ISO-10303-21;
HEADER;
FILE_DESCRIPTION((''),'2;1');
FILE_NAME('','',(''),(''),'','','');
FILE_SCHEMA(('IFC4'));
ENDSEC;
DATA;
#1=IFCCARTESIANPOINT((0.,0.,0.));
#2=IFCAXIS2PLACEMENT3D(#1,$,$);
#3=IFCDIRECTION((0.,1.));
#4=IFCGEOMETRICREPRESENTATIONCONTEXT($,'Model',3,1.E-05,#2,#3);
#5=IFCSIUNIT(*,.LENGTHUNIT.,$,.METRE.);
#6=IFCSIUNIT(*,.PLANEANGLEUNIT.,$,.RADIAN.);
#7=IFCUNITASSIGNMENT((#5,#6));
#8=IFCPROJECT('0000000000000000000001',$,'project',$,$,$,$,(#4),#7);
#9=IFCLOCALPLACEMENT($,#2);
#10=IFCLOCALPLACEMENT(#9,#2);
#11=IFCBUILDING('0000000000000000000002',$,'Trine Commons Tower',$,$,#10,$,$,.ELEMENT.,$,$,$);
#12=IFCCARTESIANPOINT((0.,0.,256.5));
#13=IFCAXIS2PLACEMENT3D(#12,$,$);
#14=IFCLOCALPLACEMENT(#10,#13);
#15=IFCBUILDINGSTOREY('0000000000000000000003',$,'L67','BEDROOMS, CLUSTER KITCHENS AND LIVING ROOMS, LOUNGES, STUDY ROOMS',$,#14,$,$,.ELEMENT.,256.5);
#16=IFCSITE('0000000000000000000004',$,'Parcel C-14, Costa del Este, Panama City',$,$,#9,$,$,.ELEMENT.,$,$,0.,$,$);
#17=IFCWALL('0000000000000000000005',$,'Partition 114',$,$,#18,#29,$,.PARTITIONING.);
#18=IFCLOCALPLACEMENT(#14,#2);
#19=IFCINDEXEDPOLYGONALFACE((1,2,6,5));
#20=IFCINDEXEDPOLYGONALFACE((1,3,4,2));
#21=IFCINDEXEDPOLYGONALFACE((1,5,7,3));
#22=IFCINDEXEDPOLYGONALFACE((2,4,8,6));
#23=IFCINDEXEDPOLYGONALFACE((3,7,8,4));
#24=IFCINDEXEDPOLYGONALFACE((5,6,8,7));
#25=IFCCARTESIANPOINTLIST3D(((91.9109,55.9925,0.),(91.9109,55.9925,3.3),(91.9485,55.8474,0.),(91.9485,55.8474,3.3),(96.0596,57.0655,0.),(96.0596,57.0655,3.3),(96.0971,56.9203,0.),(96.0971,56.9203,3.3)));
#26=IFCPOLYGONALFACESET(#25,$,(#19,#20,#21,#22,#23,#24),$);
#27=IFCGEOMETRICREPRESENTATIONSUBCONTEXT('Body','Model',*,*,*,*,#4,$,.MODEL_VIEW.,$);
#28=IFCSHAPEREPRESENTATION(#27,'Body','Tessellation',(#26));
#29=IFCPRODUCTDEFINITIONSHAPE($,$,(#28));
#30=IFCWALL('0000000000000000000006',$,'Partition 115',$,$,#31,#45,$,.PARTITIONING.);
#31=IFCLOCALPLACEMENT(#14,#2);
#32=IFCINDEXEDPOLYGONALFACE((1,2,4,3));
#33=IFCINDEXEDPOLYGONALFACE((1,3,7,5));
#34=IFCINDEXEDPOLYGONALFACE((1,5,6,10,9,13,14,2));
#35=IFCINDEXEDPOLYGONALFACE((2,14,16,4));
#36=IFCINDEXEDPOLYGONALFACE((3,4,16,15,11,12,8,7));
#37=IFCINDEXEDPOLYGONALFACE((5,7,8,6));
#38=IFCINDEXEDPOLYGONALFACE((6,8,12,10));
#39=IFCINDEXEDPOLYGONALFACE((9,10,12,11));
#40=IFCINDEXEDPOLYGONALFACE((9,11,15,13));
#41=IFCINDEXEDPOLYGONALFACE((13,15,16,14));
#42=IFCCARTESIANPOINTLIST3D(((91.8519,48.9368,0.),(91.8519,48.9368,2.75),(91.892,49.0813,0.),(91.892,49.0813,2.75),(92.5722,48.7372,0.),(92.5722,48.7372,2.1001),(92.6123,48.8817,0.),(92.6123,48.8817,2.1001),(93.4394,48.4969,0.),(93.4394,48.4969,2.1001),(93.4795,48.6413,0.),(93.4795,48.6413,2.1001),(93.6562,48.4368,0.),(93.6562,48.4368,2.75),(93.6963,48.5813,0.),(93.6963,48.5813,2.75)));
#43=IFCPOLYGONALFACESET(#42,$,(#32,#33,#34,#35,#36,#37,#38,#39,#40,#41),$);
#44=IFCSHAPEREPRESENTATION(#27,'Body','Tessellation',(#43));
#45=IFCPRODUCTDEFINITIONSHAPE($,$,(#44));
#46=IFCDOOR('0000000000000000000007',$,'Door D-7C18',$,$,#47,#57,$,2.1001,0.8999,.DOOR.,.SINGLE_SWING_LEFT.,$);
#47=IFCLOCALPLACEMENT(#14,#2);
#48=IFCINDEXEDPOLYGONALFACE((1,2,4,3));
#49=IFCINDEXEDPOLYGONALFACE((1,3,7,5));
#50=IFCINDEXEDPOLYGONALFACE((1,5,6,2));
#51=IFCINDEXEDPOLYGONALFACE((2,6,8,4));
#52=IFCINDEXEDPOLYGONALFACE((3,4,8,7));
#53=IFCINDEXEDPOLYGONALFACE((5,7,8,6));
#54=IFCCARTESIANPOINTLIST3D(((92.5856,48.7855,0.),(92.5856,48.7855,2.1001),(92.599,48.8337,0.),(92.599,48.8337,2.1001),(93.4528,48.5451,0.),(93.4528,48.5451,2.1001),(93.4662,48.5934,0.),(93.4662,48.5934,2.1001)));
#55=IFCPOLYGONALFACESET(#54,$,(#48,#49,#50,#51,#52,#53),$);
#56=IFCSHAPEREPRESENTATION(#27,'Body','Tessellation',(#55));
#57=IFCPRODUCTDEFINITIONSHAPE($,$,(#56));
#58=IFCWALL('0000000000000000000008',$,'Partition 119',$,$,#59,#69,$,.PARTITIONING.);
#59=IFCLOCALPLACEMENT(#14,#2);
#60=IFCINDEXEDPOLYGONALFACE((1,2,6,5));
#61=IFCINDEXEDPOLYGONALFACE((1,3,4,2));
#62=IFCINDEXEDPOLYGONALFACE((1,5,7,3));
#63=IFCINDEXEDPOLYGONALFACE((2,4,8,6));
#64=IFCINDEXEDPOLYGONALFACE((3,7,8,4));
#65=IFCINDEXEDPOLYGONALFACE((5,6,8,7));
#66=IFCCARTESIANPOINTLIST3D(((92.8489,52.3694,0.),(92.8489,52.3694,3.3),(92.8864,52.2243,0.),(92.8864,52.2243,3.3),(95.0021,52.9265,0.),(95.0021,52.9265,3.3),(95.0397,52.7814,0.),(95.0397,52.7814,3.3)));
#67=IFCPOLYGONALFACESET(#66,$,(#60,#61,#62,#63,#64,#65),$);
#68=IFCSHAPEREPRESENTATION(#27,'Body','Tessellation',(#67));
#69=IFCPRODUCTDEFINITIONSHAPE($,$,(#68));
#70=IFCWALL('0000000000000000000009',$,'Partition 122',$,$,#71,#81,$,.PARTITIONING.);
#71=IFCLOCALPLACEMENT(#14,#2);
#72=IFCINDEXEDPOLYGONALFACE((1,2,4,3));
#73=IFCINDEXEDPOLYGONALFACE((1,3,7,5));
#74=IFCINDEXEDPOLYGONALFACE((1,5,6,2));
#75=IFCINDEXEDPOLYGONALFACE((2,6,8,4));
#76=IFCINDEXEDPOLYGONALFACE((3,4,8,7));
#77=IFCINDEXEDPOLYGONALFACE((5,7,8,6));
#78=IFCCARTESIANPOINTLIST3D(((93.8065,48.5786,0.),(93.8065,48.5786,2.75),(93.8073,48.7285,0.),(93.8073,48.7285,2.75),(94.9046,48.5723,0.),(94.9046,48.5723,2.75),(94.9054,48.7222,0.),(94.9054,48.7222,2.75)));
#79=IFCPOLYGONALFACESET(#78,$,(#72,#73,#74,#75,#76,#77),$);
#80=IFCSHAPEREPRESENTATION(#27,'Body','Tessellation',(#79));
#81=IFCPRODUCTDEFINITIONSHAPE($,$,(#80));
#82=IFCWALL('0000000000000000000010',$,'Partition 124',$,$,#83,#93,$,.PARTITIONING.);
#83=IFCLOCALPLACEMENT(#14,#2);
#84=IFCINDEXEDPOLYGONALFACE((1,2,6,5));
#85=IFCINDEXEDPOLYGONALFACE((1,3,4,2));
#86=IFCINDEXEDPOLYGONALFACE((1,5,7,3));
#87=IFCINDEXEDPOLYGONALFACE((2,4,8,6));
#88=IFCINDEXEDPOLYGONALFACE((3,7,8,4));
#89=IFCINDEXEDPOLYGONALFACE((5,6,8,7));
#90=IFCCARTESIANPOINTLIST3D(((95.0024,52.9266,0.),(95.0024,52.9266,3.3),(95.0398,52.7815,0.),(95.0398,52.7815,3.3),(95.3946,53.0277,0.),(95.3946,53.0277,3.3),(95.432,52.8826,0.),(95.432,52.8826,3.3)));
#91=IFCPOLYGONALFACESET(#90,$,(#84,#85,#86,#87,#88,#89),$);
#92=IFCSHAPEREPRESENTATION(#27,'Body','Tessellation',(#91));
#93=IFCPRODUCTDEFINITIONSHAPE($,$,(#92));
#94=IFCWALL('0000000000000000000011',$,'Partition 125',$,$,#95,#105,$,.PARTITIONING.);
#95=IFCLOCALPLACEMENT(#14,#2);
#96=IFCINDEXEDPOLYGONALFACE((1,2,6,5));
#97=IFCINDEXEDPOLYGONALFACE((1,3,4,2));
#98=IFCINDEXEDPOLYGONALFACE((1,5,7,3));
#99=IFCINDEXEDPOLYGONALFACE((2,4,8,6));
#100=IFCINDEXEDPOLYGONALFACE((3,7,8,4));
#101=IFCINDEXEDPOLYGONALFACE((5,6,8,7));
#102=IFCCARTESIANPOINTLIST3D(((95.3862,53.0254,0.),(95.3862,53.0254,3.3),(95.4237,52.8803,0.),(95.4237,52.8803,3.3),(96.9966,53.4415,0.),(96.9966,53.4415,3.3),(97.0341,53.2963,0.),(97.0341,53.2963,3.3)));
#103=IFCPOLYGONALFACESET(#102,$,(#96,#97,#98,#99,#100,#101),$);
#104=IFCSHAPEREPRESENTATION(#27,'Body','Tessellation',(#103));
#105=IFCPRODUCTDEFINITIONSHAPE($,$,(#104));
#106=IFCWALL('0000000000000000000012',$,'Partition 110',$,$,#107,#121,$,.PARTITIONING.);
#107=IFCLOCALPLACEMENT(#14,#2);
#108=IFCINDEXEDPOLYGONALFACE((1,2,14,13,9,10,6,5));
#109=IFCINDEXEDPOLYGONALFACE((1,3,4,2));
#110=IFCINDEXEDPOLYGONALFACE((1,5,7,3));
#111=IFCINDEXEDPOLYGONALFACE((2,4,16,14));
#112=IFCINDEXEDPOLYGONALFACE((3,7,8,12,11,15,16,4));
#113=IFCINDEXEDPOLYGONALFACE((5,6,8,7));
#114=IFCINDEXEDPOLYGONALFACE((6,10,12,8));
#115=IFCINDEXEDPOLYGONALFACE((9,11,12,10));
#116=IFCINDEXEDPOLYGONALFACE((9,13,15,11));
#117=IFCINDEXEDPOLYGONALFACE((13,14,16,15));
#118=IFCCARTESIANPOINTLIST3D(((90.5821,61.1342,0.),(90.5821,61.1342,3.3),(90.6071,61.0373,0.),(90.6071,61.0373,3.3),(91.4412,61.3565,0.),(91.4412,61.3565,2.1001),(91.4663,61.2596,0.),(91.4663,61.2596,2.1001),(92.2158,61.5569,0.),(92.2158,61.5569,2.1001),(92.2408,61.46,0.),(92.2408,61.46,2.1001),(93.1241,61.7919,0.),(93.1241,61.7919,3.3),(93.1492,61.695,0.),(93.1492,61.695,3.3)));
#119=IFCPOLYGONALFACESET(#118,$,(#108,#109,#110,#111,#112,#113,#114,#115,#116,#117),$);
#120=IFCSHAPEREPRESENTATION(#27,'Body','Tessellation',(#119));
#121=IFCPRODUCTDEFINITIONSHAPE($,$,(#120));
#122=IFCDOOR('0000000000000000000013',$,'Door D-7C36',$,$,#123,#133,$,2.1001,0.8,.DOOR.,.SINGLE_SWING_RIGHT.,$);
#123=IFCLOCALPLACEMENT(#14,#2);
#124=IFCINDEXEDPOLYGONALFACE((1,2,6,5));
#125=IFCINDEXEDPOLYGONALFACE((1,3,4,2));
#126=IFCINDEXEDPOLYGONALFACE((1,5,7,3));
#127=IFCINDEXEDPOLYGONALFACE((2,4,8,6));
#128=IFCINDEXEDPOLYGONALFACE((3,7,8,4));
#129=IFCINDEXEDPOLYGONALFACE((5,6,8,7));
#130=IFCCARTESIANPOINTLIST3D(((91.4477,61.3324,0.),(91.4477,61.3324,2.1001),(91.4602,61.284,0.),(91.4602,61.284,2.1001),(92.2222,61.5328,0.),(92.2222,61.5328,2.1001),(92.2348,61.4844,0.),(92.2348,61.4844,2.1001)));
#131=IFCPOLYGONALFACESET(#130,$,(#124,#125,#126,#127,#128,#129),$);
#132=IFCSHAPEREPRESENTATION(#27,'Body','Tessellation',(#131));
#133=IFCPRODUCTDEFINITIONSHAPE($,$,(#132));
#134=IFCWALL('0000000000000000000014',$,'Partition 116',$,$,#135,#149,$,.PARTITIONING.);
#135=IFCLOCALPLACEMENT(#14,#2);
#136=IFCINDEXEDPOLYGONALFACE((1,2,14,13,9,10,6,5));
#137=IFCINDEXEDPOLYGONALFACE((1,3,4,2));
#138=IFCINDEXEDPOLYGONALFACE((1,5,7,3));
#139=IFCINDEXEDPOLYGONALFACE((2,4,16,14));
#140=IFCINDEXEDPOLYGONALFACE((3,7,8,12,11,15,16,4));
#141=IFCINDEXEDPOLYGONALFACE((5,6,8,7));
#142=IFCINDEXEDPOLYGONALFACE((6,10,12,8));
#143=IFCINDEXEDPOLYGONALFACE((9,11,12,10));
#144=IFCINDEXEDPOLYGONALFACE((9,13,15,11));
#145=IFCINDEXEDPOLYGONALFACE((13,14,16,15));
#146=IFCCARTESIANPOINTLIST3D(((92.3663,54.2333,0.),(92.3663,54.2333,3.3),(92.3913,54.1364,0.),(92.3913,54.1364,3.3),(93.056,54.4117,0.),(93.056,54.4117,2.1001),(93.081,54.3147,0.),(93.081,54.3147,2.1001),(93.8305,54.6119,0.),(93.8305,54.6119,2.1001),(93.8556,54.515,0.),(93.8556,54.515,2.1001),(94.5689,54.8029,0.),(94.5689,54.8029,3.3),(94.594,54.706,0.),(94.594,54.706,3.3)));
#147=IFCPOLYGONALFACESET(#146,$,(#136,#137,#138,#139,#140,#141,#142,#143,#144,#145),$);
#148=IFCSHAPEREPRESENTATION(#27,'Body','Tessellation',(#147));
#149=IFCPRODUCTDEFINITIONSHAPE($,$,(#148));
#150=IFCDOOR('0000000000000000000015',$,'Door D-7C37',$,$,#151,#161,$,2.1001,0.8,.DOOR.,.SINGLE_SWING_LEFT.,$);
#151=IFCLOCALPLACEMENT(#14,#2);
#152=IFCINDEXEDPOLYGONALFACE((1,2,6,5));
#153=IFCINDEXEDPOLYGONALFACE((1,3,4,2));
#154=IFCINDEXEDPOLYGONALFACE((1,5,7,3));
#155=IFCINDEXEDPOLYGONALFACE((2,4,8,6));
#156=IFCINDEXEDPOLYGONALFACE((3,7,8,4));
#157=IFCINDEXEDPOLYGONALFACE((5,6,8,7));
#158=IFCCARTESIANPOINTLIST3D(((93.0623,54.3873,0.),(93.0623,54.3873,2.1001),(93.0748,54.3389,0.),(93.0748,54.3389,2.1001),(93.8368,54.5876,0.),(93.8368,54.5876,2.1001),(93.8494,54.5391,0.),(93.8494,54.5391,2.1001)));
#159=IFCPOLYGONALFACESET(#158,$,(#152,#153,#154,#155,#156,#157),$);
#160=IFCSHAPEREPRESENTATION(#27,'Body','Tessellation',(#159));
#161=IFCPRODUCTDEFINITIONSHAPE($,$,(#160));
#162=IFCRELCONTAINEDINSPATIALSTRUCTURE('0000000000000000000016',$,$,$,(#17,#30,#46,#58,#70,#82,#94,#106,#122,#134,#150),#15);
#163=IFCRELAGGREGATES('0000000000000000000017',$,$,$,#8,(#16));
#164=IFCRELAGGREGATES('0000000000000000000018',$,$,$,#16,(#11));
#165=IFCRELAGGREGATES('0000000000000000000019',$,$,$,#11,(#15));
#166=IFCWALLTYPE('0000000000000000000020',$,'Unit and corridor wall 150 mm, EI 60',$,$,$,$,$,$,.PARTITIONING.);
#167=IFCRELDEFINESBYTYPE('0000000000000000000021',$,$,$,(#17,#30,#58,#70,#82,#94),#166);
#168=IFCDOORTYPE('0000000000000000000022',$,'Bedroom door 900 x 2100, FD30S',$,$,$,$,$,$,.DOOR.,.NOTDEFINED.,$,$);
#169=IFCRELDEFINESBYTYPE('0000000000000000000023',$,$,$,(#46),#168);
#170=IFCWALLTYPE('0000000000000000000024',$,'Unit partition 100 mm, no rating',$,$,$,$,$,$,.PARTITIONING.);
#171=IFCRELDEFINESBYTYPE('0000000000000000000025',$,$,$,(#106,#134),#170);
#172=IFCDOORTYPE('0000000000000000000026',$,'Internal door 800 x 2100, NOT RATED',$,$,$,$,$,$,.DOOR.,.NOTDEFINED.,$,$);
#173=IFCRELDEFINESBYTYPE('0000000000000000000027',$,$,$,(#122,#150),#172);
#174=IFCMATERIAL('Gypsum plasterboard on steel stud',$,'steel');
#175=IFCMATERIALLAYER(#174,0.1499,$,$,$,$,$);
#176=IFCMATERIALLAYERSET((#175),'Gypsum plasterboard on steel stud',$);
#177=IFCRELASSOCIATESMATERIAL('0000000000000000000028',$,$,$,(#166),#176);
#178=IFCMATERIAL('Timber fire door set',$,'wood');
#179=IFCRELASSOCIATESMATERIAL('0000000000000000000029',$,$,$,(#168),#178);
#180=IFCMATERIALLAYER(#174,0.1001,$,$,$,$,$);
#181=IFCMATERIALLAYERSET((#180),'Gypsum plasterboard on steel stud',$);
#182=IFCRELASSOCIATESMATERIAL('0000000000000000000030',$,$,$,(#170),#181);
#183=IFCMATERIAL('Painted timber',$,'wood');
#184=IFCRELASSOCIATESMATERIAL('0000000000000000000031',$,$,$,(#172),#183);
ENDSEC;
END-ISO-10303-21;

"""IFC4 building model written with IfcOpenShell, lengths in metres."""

from ifc_helpers import new_model, si_unit, direction, frame, frame_2d, origin, place, context, subcontext, project, spatial, rectangle, extrude, material, layer, layer_set, type_object, element, fill, save


model = new_model("IFC4")

# Units and contexts
model_context = context("Model", 3, precision=1e-05, world=origin(), true_north=direction((0.0, 1.0)))
body_context = subcontext(model_context, "Body", "Model", "MODEL_VIEW")
ifc_project = project(units=[si_unit("LENGTHUNIT", "METRE"), si_unit("PLANEANGLEUNIT", "RADIAN")], contexts=[model_context])

# Site, building, storey
site_placement = place(None, origin())
site = spatial("IfcSite", under=ifc_project, at=site_placement, Name="Parcel C-14, Costa del Este, Panama City", CompositionType="ELEMENT", RefElevation=0.0)
building_placement = place(site_placement, origin())
building = spatial("IfcBuilding", under=site, at=building_placement, Name="Trine Commons Tower", CompositionType="ELEMENT")
storey_placement = place(building_placement, frame((0.0, 0.0, 256.5)))
storey = spatial("IfcBuildingStorey", under=building, at=storey_placement, Name="L67", Description="BEDROOMS, CLUSTER KITCHENS AND LIVING ROOMS, LOUNGES, STUDY ROOMS", CompositionType="ELEMENT", Elevation=256.5)

# Wall
ifc_material_1 = material(Name="Gypsum plasterboard on steel stud", Category="steel")
ifc_layer_1 = layer(ifc_material_1, 0.1499)
ifc_layer_set_1 = layer_set([ifc_layer_1], Name="Gypsum plasterboard on steel stud")
wall_type_1 = type_object("IfcWallType", Name="Unit and corridor wall 150 mm, EI 60", PredefinedType="PARTITIONING", material=ifc_layer_set_1)
wall_1_placement = place(storey_placement, frame((91.9297, 55.9199, 0.0), z_axis=(0.0, 0.0, 1.0), x_axis=(0.968143, 0.250397, 0.0)))
element("IfcWall", 1, at=wall_1_placement, inside=storey, type_object=wall_type_1, Name="Partition 114", PredefinedType="PARTITIONING", context=body_context, shape_type="SweptSolid", body=[
    extrude(rectangle(XDim=4.2852, YDim=0.1499, at=frame_2d((2.1426, 0.0))), origin(), (0.0, 0.0, 1.0), 3.3),
])

# Wall, opening, door
wall_2_placement = place(storey_placement, frame((91.8721, 49.009, 0.0), z_axis=(0.0, 0.0, 1.0), x_axis=(0.963678, -0.267065, 0.0)))
wall_2 = element("IfcWall", 2, at=wall_2_placement, inside=storey, type_object=wall_type_1, Name="Partition 115", PredefinedType="PARTITIONING", context=body_context, shape_type="SweptSolid", body=[
    extrude(rectangle(XDim=1.8723, YDim=0.1499, at=frame_2d((0.936, 0.0))), origin(), (0.0, 0.0, 1.0), 2.75),
])
opening_1_placement = place(wall_2_placement, frame((0.7473, 0.0, 0.0)))
opening_1 = element("IfcOpeningElement", 3, at=opening_1_placement, cuts=wall_2, PredefinedType="OPENING", context=body_context, shape_type="SweptSolid", body=[
    extrude(rectangle(XDim=0.8999, YDim=2.1001, at=frame_2d((0.45, 1.05))), frame((0.0, 0.085, 0.0), z_axis=(0.0, -1.0, 0.0), x_axis=(1.0, 0.0, 0.0)), (0.0, 0.0, 1.0), 0.1699),
])
ifc_material_2 = material(Name="Timber fire door set", Category="wood")
door_type_1 = type_object("IfcDoorType", Name="Bedroom door 900 x 2100, FD30S", OperationType="NOTDEFINED", PredefinedType="DOOR", material=ifc_material_2)
door_1_placement = place(opening_1_placement, frame((0.8999, 0.0, 0.0), z_axis=(0.0, 0.0, 1.0), x_axis=(-1.0, 0.0, 0.0)))
door_1 = element("IfcDoor", 4, at=door_1_placement, inside=storey, type_object=door_type_1, Name="Door D-7C18", OperationType="SINGLE_SWING_LEFT", OverallHeight=2.1001, OverallWidth=0.8999, PredefinedType="DOOR", context=body_context, shape_type="SweptSolid", body=[
    extrude(rectangle(XDim=0.8999, YDim=2.1001, at=frame_2d((0.45, 1.05))), frame((0.0, 0.0249, 0.0), z_axis=(0.0, -1.0, 0.0), x_axis=(1.0, 0.0, 0.0)), (0.0, 0.0, 1.0), 0.05),
])
fill(opening_1, door_1)

# Walls
wall_3_placement = place(storey_placement, frame((92.8677, 52.2969, 0.0), z_axis=(0.0, 0.0, 1.0), x_axis=(0.968121, 0.250482, 0.0)))
element("IfcWall", 5, at=wall_3_placement, inside=storey, type_object=wall_type_1, Name="Partition 119", PredefinedType="PARTITIONING", context=body_context, shape_type="SweptSolid", body=[
    extrude(rectangle(XDim=2.2241, YDim=0.1499, at=frame_2d((1.1121, 0.0))), origin(), (0.0, 0.0, 1.0), 3.3),
])
wall_4_placement = place(storey_placement, frame((93.8069, 48.6536, 0.0), z_axis=(0.0, 0.0, 1.0), x_axis=(0.999983, -0.00578, 0.0)))
element("IfcWall", 6, at=wall_4_placement, inside=storey, type_object=wall_type_1, Name="Partition 122", PredefinedType="PARTITIONING", context=body_context, shape_type="SweptSolid", body=[
    extrude(rectangle(XDim=1.0981, YDim=0.1499, at=frame_2d((0.5491, 0.0))), origin(), (0.0, 0.0, 1.0), 2.75),
])
wall_5_placement = place(storey_placement, frame((95.021, 52.854, 0.0), z_axis=(0.0, 0.0, 1.0), x_axis=(0.968343, 0.249623, 0.0)))
element("IfcWall", 7, at=wall_5_placement, inside=storey, type_object=wall_type_1, Name="Partition 124", PredefinedType="PARTITIONING", context=body_context, shape_type="SweptSolid", body=[
    extrude(rectangle(XDim=0.405, YDim=0.1499, at=frame_2d((0.2026, 0.0))), origin(), (0.0, 0.0, 1.0), 3.3),
])
wall_6_placement = place(storey_placement, frame((95.405, 52.9529, 0.0), z_axis=(0.0, 0.0, 1.0), x_axis=(0.968213, 0.250127, 0.0)))
element("IfcWall", 8, at=wall_6_placement, inside=storey, type_object=wall_type_1, Name="Partition 125", PredefinedType="PARTITIONING", context=body_context, shape_type="SweptSolid", body=[
    extrude(rectangle(XDim=1.6633, YDim=0.1499, at=frame_2d((0.8315, 0.0))), origin(), (0.0, 0.0, 1.0), 3.3),
])

# Walls, openings, doors
ifc_layer_2 = layer(ifc_material_1, 0.1001)
ifc_layer_set_2 = layer_set([ifc_layer_2], Name="Gypsum plasterboard on steel stud")
wall_type_2 = type_object("IfcWallType", Name="Unit partition 100 mm, no rating", PredefinedType="PARTITIONING", material=ifc_layer_set_2)
wall_7_placement = place(storey_placement, frame((90.5945, 61.0857, 0.0), z_axis=(0.0, 0.0, 1.0), x_axis=(0.968119, 0.250491, 0.0)))
wall_7 = element("IfcWall", 9, at=wall_7_placement, inside=storey, type_object=wall_type_2, Name="Partition 110", PredefinedType="PARTITIONING", context=body_context, shape_type="SweptSolid", body=[
    extrude(rectangle(XDim=2.6257, YDim=0.1001, at=frame_2d((1.313, 0.0))), origin(), (0.0, 0.0, 1.0), 3.3),
])
opening_2_placement = place(wall_7_placement, frame((0.8877, 0.0, 0.0)))
opening_2 = element("IfcOpeningElement", 10, at=opening_2_placement, cuts=wall_7, PredefinedType="OPENING", context=body_context, shape_type="SweptSolid", body=[
    extrude(rectangle(XDim=0.8, YDim=2.1001, at=frame_2d((0.3999, 1.05))), frame((0.0, 0.0601, 0.0), z_axis=(0.0, -1.0, 0.0), x_axis=(1.0, 0.0, 0.0)), (0.0, 0.0, 1.0), 0.1201),
])
ifc_material_3 = material(Name="Painted timber", Category="wood")
door_type_2 = type_object("IfcDoorType", Name="Internal door 800 x 2100, NOT RATED", OperationType="NOTDEFINED", PredefinedType="DOOR", material=ifc_material_3)
door_2_placement = place(opening_2_placement, frame((0.8, 0.0, 0.0), z_axis=(0.0, 0.0, 1.0), x_axis=(-1.0, 0.0, 0.0)))
door_2 = element("IfcDoor", 11, at=door_2_placement, inside=storey, type_object=door_type_2, Name="Door D-7C36", OperationType="SINGLE_SWING_RIGHT", OverallHeight=2.1001, OverallWidth=0.8, PredefinedType="DOOR", context=body_context, shape_type="SweptSolid", body=[
    extrude(rectangle(XDim=0.8, YDim=2.1001, at=frame_2d((0.3999, 1.05))), frame((0.0, 0.0249, 0.0), z_axis=(0.0, -1.0, 0.0), x_axis=(1.0, 0.0, 0.0)), (0.0, 0.0, 1.0), 0.05),
])
fill(opening_2, door_2)
wall_8_placement = place(storey_placement, frame((92.3787, 54.1848, 0.0), z_axis=(0.0, 0.0, 1.0), x_axis=(0.968154, 0.250355, 0.0)))
wall_8 = element("IfcWall", 12, at=wall_8_placement, inside=storey, type_object=wall_type_2, Name="Partition 116", PredefinedType="PARTITIONING", context=body_context, shape_type="SweptSolid", body=[
    extrude(rectangle(XDim=2.2751, YDim=0.1001, at=frame_2d((1.1377, 0.0))), origin(), (0.0, 0.0, 1.0), 3.3),
])
opening_3_placement = place(wall_8_placement, frame((0.7126, 0.0, 0.0)))
opening_3 = element("IfcOpeningElement", 13, at=opening_3_placement, cuts=wall_8, PredefinedType="OPENING", context=body_context, shape_type="SweptSolid", body=[
    extrude(rectangle(XDim=0.8, YDim=2.1001, at=frame_2d((0.3999, 1.05))), frame((0.0, 0.0601, 0.0), z_axis=(0.0, -1.0, 0.0), x_axis=(1.0, 0.0, 0.0)), (0.0, 0.0, 1.0), 0.1201),
])
door_3_placement = place(opening_3_placement, origin())
door_3 = element("IfcDoor", 14, at=door_3_placement, inside=storey, type_object=door_type_2, Name="Door D-7C37", OperationType="SINGLE_SWING_LEFT", OverallHeight=2.1001, OverallWidth=0.8, PredefinedType="DOOR", context=body_context, shape_type="SweptSolid", body=[
    extrude(rectangle(XDim=0.8, YDim=2.1001, at=frame_2d((0.3999, 1.05))), frame((0.0, 0.0249, 0.0), z_axis=(0.0, -1.0, 0.0), x_axis=(1.0, 0.0, 0.0)), (0.0, 0.0, 1.0), 0.05),
])
fill(opening_3, door_3)

save(model, "model.ifc")
